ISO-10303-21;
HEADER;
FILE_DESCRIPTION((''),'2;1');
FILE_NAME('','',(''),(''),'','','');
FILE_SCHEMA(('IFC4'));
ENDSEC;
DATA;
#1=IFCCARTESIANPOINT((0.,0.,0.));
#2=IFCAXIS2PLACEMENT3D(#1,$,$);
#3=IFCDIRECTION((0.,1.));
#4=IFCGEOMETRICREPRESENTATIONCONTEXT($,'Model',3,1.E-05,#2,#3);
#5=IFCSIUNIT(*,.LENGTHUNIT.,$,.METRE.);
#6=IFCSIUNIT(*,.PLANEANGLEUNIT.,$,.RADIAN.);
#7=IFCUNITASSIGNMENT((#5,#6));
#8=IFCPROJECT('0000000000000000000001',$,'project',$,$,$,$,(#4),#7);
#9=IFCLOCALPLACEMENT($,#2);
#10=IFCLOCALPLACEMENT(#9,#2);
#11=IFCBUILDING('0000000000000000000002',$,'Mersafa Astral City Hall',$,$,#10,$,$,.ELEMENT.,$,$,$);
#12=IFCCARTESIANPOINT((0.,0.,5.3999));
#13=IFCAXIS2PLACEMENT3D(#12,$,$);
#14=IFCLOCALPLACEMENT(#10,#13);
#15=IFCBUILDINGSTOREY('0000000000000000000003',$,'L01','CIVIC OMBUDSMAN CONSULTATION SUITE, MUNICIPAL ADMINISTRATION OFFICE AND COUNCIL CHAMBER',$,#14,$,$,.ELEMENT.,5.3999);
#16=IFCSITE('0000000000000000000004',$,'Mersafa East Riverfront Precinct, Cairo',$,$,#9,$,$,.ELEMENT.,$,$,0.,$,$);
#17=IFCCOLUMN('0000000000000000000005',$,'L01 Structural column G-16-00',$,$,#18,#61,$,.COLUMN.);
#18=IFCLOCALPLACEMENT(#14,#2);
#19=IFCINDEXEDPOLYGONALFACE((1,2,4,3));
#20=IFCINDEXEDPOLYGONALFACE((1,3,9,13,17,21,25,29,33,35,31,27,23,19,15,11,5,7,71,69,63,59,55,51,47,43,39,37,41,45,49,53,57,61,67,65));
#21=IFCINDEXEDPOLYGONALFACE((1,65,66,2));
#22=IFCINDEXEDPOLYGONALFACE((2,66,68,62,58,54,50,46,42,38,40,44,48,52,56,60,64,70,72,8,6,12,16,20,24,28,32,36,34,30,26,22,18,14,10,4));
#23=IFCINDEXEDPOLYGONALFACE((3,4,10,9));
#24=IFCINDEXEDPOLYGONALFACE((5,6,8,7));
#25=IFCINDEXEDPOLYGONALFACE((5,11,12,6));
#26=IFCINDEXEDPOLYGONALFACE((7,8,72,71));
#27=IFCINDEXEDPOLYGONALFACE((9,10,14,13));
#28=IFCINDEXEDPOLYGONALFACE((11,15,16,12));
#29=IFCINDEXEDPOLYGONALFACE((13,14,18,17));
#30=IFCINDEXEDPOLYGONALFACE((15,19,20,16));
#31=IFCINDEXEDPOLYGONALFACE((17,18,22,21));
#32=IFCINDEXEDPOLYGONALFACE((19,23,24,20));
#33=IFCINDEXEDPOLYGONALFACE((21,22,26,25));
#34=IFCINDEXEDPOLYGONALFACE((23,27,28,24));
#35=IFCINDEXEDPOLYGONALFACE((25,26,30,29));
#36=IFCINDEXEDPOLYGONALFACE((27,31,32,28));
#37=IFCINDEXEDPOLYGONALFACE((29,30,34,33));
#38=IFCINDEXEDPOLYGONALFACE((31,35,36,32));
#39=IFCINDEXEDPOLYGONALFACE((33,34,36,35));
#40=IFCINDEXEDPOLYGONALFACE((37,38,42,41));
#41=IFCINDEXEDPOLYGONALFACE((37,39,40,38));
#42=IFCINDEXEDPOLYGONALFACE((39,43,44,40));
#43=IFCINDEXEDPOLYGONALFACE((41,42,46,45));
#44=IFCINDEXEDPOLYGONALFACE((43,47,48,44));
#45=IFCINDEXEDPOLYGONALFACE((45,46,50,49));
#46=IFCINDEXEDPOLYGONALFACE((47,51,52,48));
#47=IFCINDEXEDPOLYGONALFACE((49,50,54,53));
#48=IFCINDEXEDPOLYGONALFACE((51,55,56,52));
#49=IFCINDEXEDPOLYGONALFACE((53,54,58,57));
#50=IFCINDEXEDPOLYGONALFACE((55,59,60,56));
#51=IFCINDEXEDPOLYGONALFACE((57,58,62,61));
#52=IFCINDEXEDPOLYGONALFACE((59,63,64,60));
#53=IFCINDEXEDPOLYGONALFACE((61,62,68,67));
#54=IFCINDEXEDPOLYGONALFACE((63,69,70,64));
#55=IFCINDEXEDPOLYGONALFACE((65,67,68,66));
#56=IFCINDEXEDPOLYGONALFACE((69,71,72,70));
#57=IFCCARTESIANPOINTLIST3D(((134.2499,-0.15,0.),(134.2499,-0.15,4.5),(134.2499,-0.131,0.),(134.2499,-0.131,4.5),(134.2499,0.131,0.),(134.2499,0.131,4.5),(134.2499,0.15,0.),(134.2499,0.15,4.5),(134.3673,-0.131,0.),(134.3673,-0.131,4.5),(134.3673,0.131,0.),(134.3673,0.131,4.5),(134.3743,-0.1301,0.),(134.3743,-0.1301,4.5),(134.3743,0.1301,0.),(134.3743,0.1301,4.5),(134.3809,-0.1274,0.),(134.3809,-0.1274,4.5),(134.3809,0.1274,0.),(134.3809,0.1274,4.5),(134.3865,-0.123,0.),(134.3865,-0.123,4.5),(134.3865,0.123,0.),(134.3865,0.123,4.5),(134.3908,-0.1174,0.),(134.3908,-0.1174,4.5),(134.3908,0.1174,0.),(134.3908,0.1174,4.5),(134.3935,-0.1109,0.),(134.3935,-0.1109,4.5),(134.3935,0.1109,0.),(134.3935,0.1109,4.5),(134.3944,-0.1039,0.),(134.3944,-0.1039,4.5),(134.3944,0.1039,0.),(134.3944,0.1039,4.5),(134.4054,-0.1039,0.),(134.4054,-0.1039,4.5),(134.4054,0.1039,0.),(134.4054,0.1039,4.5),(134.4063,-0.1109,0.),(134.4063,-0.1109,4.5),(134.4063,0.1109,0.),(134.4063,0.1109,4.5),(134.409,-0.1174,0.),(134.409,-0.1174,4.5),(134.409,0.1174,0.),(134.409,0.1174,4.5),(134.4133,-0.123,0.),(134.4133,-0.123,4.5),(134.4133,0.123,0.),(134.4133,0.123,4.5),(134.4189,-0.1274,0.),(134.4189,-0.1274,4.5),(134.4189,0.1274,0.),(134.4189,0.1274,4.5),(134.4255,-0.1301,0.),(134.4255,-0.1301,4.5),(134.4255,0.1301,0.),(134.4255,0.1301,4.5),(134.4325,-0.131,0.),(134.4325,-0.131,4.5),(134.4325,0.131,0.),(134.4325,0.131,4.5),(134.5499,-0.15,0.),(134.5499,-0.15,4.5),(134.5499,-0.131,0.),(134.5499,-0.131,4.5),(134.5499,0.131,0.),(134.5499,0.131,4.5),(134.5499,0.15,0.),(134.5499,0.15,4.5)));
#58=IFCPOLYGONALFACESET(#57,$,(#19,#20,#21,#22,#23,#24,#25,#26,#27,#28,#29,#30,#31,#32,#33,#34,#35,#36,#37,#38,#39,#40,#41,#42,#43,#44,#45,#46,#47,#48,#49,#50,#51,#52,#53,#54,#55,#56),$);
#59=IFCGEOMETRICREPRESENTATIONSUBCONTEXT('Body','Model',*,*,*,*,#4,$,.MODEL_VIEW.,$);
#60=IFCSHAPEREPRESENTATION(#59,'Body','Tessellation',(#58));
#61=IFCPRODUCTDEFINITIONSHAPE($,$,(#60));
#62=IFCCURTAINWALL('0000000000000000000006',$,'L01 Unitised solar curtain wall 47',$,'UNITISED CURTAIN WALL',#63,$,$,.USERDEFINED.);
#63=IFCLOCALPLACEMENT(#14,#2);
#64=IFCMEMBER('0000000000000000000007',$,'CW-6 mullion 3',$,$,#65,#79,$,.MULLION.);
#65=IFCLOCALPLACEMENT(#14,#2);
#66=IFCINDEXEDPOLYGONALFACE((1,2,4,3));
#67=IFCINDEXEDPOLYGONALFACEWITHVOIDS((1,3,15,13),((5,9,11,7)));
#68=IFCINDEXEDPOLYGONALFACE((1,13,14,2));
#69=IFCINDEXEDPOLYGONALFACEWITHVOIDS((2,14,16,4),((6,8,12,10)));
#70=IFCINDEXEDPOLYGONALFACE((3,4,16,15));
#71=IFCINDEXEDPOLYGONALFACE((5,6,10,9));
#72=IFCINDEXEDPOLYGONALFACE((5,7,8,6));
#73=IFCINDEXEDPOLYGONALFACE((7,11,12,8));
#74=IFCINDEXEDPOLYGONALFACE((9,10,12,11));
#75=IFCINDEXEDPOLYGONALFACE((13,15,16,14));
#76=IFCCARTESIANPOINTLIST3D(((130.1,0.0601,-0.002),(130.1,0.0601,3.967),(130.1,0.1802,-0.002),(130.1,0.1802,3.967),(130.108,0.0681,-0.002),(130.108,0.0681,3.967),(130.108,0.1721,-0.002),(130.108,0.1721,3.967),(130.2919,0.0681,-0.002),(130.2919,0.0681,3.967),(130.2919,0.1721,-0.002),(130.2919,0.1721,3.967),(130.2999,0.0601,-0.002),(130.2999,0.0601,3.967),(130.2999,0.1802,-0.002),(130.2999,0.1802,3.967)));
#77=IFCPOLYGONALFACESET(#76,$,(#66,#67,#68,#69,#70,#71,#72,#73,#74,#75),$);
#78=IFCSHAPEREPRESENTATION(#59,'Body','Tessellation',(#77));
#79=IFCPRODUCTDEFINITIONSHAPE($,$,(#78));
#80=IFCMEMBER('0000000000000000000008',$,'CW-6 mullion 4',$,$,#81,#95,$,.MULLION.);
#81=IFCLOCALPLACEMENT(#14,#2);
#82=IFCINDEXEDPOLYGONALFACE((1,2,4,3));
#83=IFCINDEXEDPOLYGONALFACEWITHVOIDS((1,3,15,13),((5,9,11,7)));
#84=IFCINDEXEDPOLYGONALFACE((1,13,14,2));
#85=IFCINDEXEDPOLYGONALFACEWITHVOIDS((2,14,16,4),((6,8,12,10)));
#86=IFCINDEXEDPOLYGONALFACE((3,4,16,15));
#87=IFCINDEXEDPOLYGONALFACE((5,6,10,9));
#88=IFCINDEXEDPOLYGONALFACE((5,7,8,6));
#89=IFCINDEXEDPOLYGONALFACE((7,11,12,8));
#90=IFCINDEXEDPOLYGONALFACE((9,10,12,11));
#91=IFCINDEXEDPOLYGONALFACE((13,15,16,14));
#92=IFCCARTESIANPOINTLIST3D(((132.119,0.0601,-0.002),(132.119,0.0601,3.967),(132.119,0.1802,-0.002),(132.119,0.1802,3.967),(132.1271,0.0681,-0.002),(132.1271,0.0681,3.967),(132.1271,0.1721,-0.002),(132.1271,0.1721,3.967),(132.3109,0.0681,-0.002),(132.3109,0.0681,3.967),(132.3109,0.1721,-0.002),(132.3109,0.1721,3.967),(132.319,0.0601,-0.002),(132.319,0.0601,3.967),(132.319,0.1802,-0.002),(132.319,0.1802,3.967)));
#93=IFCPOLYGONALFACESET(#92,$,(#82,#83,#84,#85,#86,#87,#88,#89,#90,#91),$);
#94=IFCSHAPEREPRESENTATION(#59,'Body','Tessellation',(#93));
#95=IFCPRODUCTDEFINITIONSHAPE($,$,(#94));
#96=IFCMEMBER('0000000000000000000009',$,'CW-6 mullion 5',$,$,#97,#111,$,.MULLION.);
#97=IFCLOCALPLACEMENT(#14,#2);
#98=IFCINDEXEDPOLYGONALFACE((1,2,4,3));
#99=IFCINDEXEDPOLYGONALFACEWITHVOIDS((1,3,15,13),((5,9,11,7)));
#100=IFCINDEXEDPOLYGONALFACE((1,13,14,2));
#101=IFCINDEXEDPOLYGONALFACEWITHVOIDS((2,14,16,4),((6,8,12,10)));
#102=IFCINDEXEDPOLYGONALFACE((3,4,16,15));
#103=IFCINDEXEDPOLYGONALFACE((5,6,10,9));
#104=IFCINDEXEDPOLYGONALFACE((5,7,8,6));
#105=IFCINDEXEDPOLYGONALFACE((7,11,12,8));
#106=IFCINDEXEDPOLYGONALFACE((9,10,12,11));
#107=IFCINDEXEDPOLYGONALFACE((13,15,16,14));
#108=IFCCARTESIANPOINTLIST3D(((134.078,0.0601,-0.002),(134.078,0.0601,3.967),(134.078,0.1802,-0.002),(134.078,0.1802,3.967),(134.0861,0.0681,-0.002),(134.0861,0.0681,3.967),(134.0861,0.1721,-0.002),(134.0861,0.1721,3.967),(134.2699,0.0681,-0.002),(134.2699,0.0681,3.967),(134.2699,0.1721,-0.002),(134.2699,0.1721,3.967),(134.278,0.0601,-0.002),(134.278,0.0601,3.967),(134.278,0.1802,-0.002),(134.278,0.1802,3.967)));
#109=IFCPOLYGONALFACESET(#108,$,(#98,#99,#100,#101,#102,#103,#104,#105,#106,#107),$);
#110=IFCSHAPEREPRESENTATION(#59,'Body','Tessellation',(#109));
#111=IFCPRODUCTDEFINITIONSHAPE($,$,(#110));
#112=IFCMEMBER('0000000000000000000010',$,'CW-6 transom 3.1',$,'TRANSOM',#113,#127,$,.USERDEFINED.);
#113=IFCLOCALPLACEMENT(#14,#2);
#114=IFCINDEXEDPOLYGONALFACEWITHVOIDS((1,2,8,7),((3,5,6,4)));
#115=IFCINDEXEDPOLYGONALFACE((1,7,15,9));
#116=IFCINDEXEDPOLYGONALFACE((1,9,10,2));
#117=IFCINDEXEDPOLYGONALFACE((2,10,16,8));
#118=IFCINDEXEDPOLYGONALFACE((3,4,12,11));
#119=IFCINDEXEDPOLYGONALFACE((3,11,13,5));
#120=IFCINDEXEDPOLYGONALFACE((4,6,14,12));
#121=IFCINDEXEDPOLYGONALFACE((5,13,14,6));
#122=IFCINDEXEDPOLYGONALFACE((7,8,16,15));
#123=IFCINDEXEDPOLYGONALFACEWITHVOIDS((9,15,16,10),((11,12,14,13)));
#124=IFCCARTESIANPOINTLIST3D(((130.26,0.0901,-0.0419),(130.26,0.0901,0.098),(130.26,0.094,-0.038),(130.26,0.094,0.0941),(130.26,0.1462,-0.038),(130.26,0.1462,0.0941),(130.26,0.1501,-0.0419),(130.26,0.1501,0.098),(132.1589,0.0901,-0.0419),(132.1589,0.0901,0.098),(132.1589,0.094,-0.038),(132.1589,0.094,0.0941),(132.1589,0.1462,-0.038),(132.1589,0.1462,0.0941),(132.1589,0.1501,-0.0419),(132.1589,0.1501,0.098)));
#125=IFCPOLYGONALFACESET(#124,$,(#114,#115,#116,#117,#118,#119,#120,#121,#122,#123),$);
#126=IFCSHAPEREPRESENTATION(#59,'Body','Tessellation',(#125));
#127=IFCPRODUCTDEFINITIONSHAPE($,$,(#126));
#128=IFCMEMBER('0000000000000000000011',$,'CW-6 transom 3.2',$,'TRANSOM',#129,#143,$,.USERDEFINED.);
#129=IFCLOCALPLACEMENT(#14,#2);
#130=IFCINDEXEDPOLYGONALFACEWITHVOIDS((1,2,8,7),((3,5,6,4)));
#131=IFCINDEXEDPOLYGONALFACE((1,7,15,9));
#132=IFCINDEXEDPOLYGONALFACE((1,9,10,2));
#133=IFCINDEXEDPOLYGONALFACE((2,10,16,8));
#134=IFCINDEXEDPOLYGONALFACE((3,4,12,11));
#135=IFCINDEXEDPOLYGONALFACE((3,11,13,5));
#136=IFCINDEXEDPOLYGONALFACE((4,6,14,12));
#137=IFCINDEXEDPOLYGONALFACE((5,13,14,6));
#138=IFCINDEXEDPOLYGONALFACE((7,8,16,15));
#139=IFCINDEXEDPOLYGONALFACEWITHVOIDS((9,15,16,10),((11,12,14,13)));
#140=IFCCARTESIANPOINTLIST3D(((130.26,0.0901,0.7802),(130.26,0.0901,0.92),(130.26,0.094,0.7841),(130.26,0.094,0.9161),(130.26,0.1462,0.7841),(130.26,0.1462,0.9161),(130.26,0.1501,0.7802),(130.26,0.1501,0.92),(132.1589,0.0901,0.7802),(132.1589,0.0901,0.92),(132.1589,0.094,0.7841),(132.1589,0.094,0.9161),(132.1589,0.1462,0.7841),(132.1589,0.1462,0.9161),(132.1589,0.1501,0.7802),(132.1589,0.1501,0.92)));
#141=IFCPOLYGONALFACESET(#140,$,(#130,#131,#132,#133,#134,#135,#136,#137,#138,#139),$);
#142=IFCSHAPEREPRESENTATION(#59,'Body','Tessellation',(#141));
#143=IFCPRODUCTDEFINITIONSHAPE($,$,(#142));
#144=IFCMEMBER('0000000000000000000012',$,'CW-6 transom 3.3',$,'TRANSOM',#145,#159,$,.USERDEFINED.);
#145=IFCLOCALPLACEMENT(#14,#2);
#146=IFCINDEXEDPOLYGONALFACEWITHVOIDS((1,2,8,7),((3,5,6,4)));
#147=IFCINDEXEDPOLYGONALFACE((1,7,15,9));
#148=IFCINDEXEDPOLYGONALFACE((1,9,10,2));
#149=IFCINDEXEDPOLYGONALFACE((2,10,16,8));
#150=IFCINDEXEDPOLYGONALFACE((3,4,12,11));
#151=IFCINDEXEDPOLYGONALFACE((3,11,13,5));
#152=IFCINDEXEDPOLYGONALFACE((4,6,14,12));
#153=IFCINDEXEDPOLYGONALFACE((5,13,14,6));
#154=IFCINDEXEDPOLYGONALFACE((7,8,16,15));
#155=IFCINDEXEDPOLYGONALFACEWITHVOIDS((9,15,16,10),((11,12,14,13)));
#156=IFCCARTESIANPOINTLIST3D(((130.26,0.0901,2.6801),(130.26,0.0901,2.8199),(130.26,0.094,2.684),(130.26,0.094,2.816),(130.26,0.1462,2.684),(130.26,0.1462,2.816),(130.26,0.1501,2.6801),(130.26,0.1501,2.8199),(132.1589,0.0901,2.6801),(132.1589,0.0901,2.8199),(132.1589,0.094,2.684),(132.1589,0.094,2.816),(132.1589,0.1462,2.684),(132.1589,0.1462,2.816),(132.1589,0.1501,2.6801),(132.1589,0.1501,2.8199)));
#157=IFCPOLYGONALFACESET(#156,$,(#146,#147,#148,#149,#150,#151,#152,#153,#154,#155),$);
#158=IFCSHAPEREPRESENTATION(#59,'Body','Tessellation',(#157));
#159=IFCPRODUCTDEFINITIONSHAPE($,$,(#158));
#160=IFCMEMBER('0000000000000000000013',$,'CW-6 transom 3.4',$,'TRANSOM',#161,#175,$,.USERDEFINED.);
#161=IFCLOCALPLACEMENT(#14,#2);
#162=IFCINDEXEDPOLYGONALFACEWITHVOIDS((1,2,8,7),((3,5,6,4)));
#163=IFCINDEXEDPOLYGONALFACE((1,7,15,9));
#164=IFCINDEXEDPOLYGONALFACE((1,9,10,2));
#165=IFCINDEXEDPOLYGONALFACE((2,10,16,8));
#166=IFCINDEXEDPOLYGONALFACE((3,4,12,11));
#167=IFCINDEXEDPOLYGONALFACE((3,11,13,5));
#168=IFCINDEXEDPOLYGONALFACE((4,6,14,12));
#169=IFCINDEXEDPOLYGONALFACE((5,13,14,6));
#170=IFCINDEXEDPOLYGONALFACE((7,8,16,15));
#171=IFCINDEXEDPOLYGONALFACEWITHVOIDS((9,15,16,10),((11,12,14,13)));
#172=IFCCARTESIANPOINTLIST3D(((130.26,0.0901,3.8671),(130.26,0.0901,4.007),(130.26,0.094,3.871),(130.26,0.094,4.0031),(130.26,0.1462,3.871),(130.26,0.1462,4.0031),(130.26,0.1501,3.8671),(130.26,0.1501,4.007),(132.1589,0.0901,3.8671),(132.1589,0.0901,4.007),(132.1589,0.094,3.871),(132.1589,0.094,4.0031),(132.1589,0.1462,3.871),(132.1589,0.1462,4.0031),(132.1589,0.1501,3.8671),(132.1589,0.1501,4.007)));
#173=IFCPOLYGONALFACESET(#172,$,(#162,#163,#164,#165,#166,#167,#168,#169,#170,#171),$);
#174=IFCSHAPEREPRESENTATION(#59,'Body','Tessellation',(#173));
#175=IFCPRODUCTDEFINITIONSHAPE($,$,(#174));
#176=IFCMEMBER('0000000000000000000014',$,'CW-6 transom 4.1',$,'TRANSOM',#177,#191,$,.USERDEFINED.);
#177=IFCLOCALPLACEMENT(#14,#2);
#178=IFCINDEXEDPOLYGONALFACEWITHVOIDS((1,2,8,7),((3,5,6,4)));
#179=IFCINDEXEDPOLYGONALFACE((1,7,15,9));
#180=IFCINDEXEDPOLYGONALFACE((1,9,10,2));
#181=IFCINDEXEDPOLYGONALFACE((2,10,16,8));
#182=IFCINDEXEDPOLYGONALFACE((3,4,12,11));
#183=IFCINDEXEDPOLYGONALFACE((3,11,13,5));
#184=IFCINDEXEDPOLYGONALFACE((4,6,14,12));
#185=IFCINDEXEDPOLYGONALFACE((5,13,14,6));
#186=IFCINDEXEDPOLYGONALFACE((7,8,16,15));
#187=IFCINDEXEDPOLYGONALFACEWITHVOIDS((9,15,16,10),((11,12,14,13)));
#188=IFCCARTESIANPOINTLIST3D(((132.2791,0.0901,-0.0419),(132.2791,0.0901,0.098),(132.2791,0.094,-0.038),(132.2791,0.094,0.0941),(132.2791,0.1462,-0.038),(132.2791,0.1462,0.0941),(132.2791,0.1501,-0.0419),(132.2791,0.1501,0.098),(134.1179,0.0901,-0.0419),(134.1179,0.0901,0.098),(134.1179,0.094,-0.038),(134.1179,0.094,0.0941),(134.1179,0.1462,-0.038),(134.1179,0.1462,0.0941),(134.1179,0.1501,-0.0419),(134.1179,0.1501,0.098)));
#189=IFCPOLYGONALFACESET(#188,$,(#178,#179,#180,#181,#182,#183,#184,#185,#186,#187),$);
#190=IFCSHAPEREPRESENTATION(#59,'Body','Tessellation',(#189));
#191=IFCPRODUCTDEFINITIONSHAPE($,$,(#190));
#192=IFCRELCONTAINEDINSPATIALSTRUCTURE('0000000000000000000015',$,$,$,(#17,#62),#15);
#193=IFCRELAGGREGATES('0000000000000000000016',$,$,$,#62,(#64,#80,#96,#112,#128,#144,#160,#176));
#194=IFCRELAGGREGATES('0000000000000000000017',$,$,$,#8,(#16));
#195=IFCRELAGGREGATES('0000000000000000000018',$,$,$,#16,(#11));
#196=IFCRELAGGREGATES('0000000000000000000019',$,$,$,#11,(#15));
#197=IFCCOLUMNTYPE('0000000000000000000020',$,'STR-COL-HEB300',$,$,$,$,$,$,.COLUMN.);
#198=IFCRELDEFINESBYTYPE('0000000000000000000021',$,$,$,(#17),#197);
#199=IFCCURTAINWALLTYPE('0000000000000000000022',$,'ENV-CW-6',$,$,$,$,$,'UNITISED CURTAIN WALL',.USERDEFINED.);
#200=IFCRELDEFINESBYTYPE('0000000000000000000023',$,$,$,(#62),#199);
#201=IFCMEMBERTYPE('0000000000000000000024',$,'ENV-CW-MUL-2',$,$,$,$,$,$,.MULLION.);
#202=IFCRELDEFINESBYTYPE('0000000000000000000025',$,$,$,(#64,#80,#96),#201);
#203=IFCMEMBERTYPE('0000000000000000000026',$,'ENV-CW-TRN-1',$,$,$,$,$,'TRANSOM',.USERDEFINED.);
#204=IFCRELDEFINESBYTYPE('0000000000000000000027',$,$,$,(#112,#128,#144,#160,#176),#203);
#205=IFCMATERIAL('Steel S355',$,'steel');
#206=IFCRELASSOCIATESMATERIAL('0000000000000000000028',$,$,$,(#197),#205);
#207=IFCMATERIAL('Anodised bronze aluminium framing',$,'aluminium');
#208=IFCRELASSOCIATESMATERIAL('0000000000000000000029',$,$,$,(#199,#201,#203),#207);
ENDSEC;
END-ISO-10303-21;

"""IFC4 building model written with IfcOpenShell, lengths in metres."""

from ifc_helpers import new_model, si_unit, direction, frame, origin, origin_2d, place, context, subcontext, project, spatial, hollow_rectangle, i_section, extrude, material, material_profile, profile_set, type_object, element, aggregate, save


model = new_model("IFC4")

# Units and contexts
model_context = context("Model", 3, precision=1e-05, world=origin(), true_north=direction((0.0, 1.0)))
body_context = subcontext(model_context, "Body", "Model", "MODEL_VIEW")
ifc_project = project(units=[si_unit("LENGTHUNIT", "METRE"), si_unit("PLANEANGLEUNIT", "RADIAN")], contexts=[model_context])

# Site, building, storey
site_placement = place(None, origin())
site = spatial("IfcSite", under=ifc_project, at=site_placement, Name="Mersafa East Riverfront Precinct, Cairo", CompositionType="ELEMENT", RefElevation=0.0)
building_placement = place(site_placement, origin())
building = spatial("IfcBuilding", under=site, at=building_placement, Name="Mersafa Astral City Hall", CompositionType="ELEMENT")
storey_placement = place(building_placement, frame((0.0, 0.0, 5.3999)))
storey = spatial("IfcBuildingStorey", under=building, at=storey_placement, Name="L01", Description="CIVIC OMBUDSMAN CONSULTATION SUITE, MUNICIPAL ADMINISTRATION OFFICE AND COUNCIL CHAMBER", CompositionType="ELEMENT", Elevation=5.3999)

# Column
ifc_material_1 = material(Name="Steel S355", Category="steel")
ifc_material_profile_1 = material_profile(ifc_material_1, i_section(OverallWidth=0.3, OverallDepth=0.3, WebThickness=0.011, FlangeThickness=0.019, FilletRadius=0.0271, at=origin_2d()), Name="HEB 300")
ifc_profile_set_1 = profile_set([ifc_material_profile_1], Name="Steel S355")
column_type = type_object("IfcColumnType", Name="STR-COL-HEB300", PredefinedType="COLUMN", material=ifc_profile_set_1)
column_placement = place(storey_placement, frame((134.3999, 0.0, 0.0), z_axis=(0.0, 0.0, 1.0), x_axis=(1.0, 0.0, 0.0)))
element("IfcColumn", 1, at=column_placement, inside=storey, type_object=column_type, Name="L01 Structural column G-16-00", PredefinedType="COLUMN", context=body_context, shape_type="SweptSolid", body=[
    extrude(i_section(OverallWidth=0.3, OverallDepth=0.3, WebThickness=0.011, FlangeThickness=0.019, FilletRadius=0.0271, at=origin_2d()), origin(), (0.0, 0.0, 1.0), 4.5),
])

# Curtain wall, members
ifc_material_2 = material(Name="Anodised bronze aluminium framing", Category="aluminium")
curtain_wall_type = type_object("IfcCurtainWallType", Name="ENV-CW-6", ElementType="UNITISED CURTAIN WALL", PredefinedType="USERDEFINED", material=ifc_material_2)
curtain_wall_placement = place(storey_placement, origin())
curtain_wall = element("IfcCurtainWall", 2, at=curtain_wall_placement, inside=storey, type_object=curtain_wall_type, Name="L01 Unitised solar curtain wall 47", ObjectType="UNITISED CURTAIN WALL", PredefinedType="USERDEFINED")
ifc_material_profile_2 = material_profile(ifc_material_2, hollow_rectangle(XDim=0.1201, YDim=0.2, WallThickness=0.0081, at=origin_2d()), Name="RHS 120x200x8")
ifc_profile_set_2 = profile_set([ifc_material_profile_2], Name="Anodised bronze aluminium framing")
member_type_1 = type_object("IfcMemberType", Name="ENV-CW-MUL-2", PredefinedType="MULLION", material=ifc_profile_set_2)
member_1_placement = place(storey_placement, frame((130.2, 0.1201, -0.002), z_axis=(0.0, 0.0, 1.0), x_axis=(0.0, 1.0, 0.0)))
member_1 = element("IfcMember", 3, at=member_1_placement, type_object=member_type_1, Name="CW-6 mullion 3", PredefinedType="MULLION", context=body_context, shape_type="SweptSolid", body=[
    extrude(hollow_rectangle(XDim=0.1201, YDim=0.2, WallThickness=0.0081, at=origin_2d()), origin(), (0.0, 0.0, 1.0), 3.969),
])
member_2_placement = place(storey_placement, frame((132.219, 0.1201, -0.002), z_axis=(0.0, 0.0, 1.0), x_axis=(0.0, 1.0, 0.0)))
member_2 = element("IfcMember", 4, at=member_2_placement, type_object=member_type_1, Name="CW-6 mullion 4", PredefinedType="MULLION", context=body_context, shape_type="SweptSolid", body=[
    extrude(hollow_rectangle(XDim=0.1201, YDim=0.2, WallThickness=0.0081, at=origin_2d()), origin(), (0.0, 0.0, 1.0), 3.969),
])
member_3_placement = place(storey_placement, frame((134.178, 0.1201, -0.002), z_axis=(0.0, 0.0, 1.0), x_axis=(0.0, 1.0, 0.0)))
member_3 = element("IfcMember", 5, at=member_3_placement, type_object=member_type_1, Name="CW-6 mullion 5", PredefinedType="MULLION", context=body_context, shape_type="SweptSolid", body=[
    extrude(hollow_rectangle(XDim=0.1201, YDim=0.2, WallThickness=0.0081, at=origin_2d()), origin(), (0.0, 0.0, 1.0), 3.969),
])
ifc_material_profile_3 = material_profile(ifc_material_2, hollow_rectangle(XDim=0.0601, YDim=0.1399, WallThickness=0.0039, at=origin_2d()), Name="RHS 60x140x4")
ifc_profile_set_3 = profile_set([ifc_material_profile_3], Name="Anodised bronze aluminium framing")
member_type_2 = type_object("IfcMemberType", Name="ENV-CW-TRN-1", ElementType="TRANSOM", PredefinedType="USERDEFINED", material=ifc_profile_set_3)
member_4_placement = place(storey_placement, frame((130.26, 0.1201, 0.0281), z_axis=(1.0, 0.0, 0.0), x_axis=(0.0, 1.0, 0.0)))
member_4 = element("IfcMember", 6, at=member_4_placement, type_object=member_type_2, Name="CW-6 transom 3.1", ObjectType="TRANSOM", PredefinedType="USERDEFINED", context=body_context, shape_type="SweptSolid", body=[
    extrude(hollow_rectangle(XDim=0.0601, YDim=0.1399, WallThickness=0.0039, at=origin_2d()), origin(), (0.0, 0.0, 1.0), 1.8989),
])
member_5_placement = place(storey_placement, frame((130.26, 0.1201, 0.8501), z_axis=(1.0, 0.0, 0.0), x_axis=(0.0, 1.0, 0.0)))
member_5 = element("IfcMember", 7, at=member_5_placement, type_object=member_type_2, Name="CW-6 transom 3.2", ObjectType="TRANSOM", PredefinedType="USERDEFINED", context=body_context, shape_type="SweptSolid", body=[
    extrude(hollow_rectangle(XDim=0.0601, YDim=0.1399, WallThickness=0.0039, at=origin_2d()), origin(), (0.0, 0.0, 1.0), 1.8989),
])
member_6_placement = place(storey_placement, frame((130.26, 0.1201, 2.75), z_axis=(1.0, 0.0, 0.0), x_axis=(0.0, 1.0, 0.0)))
member_6 = element("IfcMember", 8, at=member_6_placement, type_object=member_type_2, Name="CW-6 transom 3.3", ObjectType="TRANSOM", PredefinedType="USERDEFINED", context=body_context, shape_type="SweptSolid", body=[
    extrude(hollow_rectangle(XDim=0.0601, YDim=0.1399, WallThickness=0.0039, at=origin_2d()), origin(), (0.0, 0.0, 1.0), 1.8989),
])
member_7_placement = place(storey_placement, frame((130.26, 0.1201, 3.937), z_axis=(1.0, 0.0, 0.0), x_axis=(0.0, 1.0, 0.0)))
member_7 = element("IfcMember", 9, at=member_7_placement, type_object=member_type_2, Name="CW-6 transom 3.4", ObjectType="TRANSOM", PredefinedType="USERDEFINED", context=body_context, shape_type="SweptSolid", body=[
    extrude(hollow_rectangle(XDim=0.0601, YDim=0.1399, WallThickness=0.0039, at=origin_2d()), origin(), (0.0, 0.0, 1.0), 1.8989),
])
member_8_placement = place(storey_placement, frame((132.2791, 0.1201, 0.0281), z_axis=(1.0, 0.0, 0.0), x_axis=(0.0, 1.0, 0.0)))
member_8 = element("IfcMember", 10, at=member_8_placement, type_object=member_type_2, Name="CW-6 transom 4.1", ObjectType="TRANSOM", PredefinedType="USERDEFINED", context=body_context, shape_type="SweptSolid", body=[
    extrude(hollow_rectangle(XDim=0.0601, YDim=0.1399, WallThickness=0.0039, at=origin_2d()), origin(), (0.0, 0.0, 1.0), 1.8389),
])

aggregate(curtain_wall, [member_1, member_2, member_3, member_4, member_5, member_6, member_7, member_8])

save(model, "model.ifc")
